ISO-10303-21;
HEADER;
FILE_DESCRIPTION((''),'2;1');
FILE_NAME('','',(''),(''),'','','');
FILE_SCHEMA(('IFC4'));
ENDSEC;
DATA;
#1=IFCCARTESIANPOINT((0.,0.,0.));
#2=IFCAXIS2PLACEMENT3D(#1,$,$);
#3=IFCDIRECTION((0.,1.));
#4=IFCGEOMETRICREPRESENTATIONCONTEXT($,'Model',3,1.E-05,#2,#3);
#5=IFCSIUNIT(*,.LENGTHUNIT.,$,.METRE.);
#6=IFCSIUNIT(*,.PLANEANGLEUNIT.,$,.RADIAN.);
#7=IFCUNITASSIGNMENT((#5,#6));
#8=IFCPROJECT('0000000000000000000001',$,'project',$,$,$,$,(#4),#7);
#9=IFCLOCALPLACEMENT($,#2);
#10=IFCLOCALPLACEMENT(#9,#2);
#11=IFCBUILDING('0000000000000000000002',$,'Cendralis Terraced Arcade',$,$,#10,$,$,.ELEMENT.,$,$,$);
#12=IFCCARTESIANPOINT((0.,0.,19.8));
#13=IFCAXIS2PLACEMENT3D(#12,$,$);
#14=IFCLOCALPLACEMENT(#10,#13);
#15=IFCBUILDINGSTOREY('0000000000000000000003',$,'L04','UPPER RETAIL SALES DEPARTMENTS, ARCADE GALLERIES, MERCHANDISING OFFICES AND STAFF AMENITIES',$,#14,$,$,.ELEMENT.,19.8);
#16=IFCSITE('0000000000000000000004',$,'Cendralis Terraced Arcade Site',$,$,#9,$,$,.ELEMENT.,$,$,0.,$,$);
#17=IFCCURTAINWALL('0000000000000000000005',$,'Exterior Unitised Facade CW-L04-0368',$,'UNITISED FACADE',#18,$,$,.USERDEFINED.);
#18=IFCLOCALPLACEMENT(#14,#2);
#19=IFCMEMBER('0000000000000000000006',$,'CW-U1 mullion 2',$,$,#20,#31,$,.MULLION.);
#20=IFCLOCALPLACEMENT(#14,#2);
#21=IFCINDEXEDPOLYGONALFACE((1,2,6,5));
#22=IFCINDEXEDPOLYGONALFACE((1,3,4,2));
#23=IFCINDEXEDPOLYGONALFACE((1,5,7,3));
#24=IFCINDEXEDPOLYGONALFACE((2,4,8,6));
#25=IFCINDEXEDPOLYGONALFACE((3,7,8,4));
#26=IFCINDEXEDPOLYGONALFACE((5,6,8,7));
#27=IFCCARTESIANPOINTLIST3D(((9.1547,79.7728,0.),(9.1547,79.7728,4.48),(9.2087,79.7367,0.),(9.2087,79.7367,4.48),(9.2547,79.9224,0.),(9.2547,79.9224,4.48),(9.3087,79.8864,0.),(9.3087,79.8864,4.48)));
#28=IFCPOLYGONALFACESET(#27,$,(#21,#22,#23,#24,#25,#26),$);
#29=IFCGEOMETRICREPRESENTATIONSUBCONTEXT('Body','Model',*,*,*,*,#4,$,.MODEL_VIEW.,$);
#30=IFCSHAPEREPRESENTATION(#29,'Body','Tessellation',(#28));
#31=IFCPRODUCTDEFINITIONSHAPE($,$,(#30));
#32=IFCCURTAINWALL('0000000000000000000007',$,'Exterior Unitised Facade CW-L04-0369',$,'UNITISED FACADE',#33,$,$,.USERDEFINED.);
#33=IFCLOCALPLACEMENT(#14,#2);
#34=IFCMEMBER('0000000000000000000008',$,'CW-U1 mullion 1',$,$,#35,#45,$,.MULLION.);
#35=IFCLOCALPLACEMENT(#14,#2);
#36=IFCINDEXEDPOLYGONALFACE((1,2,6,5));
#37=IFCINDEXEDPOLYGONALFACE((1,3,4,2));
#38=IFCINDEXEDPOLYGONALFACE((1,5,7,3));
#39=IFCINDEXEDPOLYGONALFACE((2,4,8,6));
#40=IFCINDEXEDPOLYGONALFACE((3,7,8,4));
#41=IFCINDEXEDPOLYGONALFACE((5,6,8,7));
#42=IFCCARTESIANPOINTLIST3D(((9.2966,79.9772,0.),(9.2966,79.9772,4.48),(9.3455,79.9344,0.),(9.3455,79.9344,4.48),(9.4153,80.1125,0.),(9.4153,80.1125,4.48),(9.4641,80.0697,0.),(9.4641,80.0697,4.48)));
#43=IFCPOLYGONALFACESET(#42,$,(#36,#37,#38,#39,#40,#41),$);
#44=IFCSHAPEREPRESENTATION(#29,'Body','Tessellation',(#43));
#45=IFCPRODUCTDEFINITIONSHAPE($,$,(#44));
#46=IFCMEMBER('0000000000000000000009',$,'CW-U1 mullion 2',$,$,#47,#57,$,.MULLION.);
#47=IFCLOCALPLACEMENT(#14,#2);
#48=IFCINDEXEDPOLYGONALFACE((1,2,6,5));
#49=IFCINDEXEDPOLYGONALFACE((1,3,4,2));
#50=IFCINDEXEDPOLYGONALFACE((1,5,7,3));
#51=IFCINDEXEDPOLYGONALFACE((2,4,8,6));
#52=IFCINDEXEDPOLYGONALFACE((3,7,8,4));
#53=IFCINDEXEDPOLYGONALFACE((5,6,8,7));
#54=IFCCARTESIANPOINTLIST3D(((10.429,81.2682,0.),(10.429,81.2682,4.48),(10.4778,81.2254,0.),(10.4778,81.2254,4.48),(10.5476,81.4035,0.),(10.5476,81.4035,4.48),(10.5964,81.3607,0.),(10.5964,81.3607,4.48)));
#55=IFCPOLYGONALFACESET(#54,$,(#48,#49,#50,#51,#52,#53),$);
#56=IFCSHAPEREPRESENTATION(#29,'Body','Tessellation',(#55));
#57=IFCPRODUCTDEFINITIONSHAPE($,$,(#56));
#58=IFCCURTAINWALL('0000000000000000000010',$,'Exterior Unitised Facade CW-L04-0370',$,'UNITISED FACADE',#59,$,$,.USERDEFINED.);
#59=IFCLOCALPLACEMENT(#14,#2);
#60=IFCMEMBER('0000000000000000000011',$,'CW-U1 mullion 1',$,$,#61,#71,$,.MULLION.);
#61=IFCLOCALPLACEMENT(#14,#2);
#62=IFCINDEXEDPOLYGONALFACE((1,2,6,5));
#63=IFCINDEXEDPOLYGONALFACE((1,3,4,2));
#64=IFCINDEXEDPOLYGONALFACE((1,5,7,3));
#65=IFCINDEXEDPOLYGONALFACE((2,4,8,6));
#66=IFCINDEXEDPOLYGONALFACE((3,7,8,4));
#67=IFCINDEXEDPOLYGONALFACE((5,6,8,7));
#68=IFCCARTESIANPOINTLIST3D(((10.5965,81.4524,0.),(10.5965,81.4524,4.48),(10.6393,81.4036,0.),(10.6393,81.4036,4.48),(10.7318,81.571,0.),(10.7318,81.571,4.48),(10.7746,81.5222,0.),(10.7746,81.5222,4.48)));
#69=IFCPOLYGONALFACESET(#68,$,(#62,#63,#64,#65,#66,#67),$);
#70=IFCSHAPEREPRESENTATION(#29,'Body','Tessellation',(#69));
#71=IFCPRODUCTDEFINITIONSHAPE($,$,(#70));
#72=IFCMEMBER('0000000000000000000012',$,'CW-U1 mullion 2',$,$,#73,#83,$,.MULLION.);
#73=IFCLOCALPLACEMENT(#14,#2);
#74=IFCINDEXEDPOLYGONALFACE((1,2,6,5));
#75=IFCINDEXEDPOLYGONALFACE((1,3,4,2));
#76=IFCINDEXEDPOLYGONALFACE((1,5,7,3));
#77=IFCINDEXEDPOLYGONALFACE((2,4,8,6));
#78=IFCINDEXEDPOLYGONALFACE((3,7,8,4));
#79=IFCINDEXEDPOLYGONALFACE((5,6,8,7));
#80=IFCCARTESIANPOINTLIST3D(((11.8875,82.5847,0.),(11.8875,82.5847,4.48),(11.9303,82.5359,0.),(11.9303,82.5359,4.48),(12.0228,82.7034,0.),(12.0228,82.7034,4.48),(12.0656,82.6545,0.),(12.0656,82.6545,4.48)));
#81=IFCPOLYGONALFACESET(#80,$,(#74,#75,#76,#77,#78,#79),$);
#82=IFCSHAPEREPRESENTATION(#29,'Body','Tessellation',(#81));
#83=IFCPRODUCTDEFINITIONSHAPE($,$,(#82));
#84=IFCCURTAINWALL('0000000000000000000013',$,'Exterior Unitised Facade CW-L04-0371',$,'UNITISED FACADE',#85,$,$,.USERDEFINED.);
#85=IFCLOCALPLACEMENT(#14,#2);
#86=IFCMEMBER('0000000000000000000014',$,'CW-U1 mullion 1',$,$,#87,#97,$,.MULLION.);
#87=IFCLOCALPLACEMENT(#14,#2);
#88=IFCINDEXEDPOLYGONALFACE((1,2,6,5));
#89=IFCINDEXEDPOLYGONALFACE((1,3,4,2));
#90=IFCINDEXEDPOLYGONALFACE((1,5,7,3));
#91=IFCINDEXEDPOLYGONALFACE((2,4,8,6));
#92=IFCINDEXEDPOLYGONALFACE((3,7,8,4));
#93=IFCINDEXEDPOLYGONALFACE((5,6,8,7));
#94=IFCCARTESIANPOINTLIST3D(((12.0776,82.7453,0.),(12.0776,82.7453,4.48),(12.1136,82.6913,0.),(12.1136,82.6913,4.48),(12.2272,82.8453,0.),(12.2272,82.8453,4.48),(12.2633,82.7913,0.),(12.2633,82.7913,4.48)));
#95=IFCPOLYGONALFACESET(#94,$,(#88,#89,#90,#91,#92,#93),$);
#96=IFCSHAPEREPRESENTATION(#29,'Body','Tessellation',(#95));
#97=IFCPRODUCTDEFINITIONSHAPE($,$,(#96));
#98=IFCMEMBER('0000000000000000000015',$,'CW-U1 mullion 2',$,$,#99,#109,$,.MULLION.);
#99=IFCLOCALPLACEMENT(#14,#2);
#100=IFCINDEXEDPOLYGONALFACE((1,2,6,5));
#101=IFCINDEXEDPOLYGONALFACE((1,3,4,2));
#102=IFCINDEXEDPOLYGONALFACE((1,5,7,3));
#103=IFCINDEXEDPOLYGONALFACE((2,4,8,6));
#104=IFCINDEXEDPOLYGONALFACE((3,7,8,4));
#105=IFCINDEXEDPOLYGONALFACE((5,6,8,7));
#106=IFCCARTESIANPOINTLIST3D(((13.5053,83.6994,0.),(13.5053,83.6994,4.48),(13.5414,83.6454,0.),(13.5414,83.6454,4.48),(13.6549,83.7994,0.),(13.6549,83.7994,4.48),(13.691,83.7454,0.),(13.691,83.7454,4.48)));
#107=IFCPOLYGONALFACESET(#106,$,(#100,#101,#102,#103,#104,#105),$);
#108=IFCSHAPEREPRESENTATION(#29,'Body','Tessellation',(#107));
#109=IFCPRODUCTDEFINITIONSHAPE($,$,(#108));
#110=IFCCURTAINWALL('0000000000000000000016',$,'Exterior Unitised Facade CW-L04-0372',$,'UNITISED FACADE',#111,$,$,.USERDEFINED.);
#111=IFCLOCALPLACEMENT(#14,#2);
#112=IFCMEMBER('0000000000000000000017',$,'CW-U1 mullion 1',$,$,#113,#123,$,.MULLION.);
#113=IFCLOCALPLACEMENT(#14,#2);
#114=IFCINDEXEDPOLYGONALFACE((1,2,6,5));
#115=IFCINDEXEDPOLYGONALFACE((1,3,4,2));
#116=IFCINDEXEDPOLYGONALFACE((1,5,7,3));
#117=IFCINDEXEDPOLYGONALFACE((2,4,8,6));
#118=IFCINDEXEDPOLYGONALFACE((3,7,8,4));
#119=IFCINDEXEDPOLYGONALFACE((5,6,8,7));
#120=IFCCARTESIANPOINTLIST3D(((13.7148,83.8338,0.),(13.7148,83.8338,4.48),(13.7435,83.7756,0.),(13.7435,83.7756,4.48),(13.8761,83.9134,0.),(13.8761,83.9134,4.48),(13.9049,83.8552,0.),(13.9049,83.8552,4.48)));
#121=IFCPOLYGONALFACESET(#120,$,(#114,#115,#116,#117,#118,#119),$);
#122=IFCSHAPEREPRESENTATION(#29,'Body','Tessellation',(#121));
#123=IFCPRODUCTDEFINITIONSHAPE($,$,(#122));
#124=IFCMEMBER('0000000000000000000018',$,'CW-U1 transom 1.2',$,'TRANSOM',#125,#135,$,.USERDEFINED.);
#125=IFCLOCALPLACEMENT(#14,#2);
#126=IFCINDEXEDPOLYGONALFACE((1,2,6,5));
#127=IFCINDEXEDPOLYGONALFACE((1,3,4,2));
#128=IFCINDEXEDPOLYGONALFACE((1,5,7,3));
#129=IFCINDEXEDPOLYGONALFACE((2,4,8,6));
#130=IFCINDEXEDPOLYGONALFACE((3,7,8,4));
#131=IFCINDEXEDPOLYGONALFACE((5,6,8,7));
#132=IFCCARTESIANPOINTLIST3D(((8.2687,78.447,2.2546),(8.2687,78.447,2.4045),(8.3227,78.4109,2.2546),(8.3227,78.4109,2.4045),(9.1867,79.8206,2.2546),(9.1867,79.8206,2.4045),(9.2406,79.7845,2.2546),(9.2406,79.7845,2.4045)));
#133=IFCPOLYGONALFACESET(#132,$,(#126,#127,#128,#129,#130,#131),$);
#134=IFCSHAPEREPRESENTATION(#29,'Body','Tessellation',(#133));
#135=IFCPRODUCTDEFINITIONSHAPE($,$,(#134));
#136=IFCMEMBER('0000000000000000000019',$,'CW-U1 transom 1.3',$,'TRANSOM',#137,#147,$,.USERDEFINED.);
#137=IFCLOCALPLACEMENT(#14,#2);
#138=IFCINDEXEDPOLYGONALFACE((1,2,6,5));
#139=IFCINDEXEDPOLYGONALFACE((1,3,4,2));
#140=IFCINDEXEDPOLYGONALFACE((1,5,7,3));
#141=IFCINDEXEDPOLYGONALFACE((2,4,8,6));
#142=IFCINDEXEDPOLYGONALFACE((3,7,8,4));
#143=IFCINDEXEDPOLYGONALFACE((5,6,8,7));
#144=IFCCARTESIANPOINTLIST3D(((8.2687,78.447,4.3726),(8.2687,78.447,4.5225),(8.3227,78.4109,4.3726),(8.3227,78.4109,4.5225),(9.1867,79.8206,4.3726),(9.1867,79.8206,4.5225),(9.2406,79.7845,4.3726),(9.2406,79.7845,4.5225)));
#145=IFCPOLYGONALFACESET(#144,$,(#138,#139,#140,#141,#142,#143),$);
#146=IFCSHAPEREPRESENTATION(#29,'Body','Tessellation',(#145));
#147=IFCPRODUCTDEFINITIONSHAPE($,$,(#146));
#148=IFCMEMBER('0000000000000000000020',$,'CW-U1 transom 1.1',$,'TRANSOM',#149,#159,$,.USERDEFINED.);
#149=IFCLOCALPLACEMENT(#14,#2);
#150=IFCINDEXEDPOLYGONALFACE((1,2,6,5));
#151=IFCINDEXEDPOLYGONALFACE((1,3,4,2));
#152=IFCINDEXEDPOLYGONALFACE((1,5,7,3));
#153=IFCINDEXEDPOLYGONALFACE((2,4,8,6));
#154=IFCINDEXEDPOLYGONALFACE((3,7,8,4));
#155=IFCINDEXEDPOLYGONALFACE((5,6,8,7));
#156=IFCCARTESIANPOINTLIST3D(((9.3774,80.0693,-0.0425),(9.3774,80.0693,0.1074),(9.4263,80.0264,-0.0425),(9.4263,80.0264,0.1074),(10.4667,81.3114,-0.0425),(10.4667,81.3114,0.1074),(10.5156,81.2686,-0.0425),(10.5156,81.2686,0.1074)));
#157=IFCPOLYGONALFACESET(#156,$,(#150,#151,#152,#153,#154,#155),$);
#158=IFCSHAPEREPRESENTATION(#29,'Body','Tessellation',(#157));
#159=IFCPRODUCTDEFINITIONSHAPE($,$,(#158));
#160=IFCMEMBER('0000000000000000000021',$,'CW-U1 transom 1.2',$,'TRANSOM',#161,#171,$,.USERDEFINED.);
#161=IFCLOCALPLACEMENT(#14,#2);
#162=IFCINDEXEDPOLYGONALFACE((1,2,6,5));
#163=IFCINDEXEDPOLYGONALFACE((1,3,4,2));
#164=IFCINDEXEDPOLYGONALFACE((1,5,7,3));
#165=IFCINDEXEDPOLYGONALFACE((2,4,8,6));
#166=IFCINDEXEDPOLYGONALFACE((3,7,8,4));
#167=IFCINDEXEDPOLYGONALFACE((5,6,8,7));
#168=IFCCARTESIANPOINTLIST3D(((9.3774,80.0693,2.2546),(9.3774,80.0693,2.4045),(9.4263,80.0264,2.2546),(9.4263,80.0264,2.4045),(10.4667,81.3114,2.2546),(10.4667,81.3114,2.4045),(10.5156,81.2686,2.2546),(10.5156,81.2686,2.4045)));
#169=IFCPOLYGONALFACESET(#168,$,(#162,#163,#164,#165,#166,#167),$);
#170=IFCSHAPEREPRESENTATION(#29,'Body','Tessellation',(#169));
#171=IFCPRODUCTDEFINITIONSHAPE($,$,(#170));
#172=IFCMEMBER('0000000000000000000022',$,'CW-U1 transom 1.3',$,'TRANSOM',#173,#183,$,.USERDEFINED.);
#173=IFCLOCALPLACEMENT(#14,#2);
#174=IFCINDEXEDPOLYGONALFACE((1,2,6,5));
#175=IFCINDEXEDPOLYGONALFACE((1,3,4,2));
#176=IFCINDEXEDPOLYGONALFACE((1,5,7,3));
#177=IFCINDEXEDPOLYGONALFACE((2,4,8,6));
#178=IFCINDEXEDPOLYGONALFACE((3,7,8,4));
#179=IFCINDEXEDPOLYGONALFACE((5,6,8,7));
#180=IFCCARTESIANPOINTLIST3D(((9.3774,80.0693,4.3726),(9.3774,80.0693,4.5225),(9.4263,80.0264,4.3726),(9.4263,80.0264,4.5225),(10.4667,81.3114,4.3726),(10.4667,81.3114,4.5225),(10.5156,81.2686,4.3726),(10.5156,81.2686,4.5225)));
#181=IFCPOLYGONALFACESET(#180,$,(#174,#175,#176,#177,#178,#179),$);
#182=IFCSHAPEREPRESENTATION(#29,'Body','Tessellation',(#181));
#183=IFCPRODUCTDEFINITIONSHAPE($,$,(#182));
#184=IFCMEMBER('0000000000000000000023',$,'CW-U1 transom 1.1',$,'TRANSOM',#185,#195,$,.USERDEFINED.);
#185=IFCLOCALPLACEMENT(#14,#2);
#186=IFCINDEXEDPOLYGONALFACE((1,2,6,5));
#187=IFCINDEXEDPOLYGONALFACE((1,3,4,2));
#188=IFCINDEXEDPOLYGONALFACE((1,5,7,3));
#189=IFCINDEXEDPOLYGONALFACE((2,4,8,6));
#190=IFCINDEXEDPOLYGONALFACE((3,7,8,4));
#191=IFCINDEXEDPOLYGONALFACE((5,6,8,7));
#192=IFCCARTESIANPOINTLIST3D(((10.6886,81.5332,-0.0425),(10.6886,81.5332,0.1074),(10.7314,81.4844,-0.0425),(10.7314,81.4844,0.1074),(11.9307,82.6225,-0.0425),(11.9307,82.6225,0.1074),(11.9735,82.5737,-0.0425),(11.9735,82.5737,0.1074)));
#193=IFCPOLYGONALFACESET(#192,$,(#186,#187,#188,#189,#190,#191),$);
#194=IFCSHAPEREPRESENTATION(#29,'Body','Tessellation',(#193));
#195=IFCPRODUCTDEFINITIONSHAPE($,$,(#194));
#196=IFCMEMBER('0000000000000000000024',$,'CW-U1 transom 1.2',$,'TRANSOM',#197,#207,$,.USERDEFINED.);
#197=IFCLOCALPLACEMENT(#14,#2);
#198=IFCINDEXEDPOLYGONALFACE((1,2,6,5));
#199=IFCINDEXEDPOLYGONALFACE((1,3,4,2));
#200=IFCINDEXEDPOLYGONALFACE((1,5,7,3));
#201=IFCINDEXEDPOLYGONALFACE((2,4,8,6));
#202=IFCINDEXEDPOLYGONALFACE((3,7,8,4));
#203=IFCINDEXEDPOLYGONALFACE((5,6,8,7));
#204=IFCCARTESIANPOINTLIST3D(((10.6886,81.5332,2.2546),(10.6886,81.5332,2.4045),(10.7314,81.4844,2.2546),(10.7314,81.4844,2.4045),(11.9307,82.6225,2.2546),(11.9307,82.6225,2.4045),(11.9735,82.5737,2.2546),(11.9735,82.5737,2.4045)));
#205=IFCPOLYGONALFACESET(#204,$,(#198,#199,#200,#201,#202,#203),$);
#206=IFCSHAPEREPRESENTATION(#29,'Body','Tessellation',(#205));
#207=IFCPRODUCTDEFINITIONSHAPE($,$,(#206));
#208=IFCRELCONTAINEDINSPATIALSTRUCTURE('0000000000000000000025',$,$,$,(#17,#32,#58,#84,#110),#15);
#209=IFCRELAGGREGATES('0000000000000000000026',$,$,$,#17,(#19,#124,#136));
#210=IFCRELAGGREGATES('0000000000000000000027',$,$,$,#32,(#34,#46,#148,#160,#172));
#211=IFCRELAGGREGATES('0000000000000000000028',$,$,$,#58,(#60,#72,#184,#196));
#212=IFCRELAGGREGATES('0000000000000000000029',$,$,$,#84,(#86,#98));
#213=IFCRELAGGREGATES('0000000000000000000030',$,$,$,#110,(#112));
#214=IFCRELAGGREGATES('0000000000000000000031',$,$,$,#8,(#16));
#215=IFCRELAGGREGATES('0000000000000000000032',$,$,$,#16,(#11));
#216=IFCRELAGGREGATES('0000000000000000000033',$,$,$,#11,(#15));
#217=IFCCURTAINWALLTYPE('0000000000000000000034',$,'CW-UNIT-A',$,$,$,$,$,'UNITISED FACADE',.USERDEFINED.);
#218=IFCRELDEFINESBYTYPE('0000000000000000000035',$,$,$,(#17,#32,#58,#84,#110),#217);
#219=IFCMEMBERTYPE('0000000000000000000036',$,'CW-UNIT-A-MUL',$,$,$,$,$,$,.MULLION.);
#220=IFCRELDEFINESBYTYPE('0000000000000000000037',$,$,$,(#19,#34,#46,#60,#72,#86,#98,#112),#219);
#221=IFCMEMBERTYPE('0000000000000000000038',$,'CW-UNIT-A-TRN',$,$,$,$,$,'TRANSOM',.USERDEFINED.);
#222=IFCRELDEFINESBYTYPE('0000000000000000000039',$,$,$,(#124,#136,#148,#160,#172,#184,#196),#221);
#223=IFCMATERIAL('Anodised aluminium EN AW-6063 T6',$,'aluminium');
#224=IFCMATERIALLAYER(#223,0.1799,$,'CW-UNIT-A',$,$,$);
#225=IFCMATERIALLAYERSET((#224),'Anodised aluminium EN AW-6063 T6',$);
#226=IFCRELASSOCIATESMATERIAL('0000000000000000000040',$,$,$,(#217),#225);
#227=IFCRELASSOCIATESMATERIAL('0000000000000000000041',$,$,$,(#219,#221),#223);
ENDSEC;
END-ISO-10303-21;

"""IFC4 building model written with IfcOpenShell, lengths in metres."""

from ifc_helpers import new_model, si_unit, direction, frame, origin, origin_2d, place, context, subcontext, project, spatial, rectangle, extrude, material, layer, layer_set, material_profile, profile_set, type_object, element, aggregate, save


model = new_model("IFC4")

# Units and contexts
model_context = context("Model", 3, precision=1e-05, world=origin(), true_north=direction((0.0, 1.0)))
body_context = subcontext(model_context, "Body", "Model", "MODEL_VIEW")
ifc_project = project(units=[si_unit("LENGTHUNIT", "METRE"), si_unit("PLANEANGLEUNIT", "RADIAN")], contexts=[model_context])

# Site, building, storey
site_placement = place(None, origin())
site = spatial("IfcSite", under=ifc_project, at=site_placement, Name="Cendralis Terraced Arcade Site", CompositionType="ELEMENT", RefElevation=0.0)
building_placement = place(site_placement, origin())
building = spatial("IfcBuilding", under=site, at=building_placement, Name="Cendralis Terraced Arcade", CompositionType="ELEMENT")
storey_placement = place(building_placement, frame((0.0, 0.0, 19.8)))
storey = spatial("IfcBuildingStorey", under=building, at=storey_placement, Name="L04", Description="UPPER RETAIL SALES DEPARTMENTS, ARCADE GALLERIES, MERCHANDISING OFFICES AND STAFF AMENITIES", CompositionType="ELEMENT", Elevation=19.8)

# Curtain wall, member
ifc_material_1 = material(Name="Anodised aluminium EN AW-6063 T6", Category="aluminium")
ifc_layer_1 = layer(ifc_material_1, 0.1799, Name="CW-UNIT-A")
ifc_layer_set_1 = layer_set([ifc_layer_1], Name="Anodised aluminium EN AW-6063 T6")
curtain_wall_type = type_object("IfcCurtainWallType", Name="CW-UNIT-A", ElementType="UNITISED FACADE", PredefinedType="USERDEFINED", material=ifc_layer_set_1)
curtain_wall_1_placement = place(storey_placement, origin())
curtain_wall_1 = element("IfcCurtainWall", 1, at=curtain_wall_1_placement, inside=storey, type_object=curtain_wall_type, Name="Exterior Unitised Facade CW-L04-0368", ObjectType="UNITISED FACADE", PredefinedType="USERDEFINED")
ifc_material_profile_1 = material_profile(ifc_material_1, rectangle(XDim=0.0649, YDim=0.1799, at=origin_2d()), Name="ALU-MUL-65x180")
ifc_profile_set_1 = profile_set([ifc_material_profile_1], Name="Anodised aluminium EN AW-6063 T6")
member_type_1 = type_object("IfcMemberType", Name="CW-UNIT-A-MUL", PredefinedType="MULLION", material=ifc_profile_set_1)
member_1_placement = place(storey_placement, frame((9.2317, 79.8296, 0.0), z_axis=(0.0, 0.0, 1.0), x_axis=(-0.831471, 0.555567, 0.0)))
member_1 = element("IfcMember", 2, at=member_1_placement, type_object=member_type_1, Name="CW-U1 mullion 2", PredefinedType="MULLION", context=body_context, shape_type="SweptSolid", body=[
    extrude(rectangle(XDim=0.0649, YDim=0.1799, at=origin_2d()), origin(), (0.0, 0.0, 1.0), 4.48),
])

# Curtain walls, members
curtain_wall_2_placement = place(storey_placement, origin())
curtain_wall_2 = element("IfcCurtainWall", 3, at=curtain_wall_2_placement, inside=storey, type_object=curtain_wall_type, Name="Exterior Unitised Facade CW-L04-0369", ObjectType="UNITISED FACADE", PredefinedType="USERDEFINED")
member_2_placement = place(storey_placement, frame((9.3804, 80.0234, 0.0), z_axis=(0.0, 0.0, 1.0), x_axis=(-0.751804, 0.659386, 0.0)))
member_2 = element("IfcMember", 4, at=member_2_placement, type_object=member_type_1, Name="CW-U1 mullion 1", PredefinedType="MULLION", context=body_context, shape_type="SweptSolid", body=[
    extrude(rectangle(XDim=0.0649, YDim=0.1799, at=origin_2d()), origin(), (0.0, 0.0, 1.0), 4.48),
])
member_3_placement = place(storey_placement, frame((10.5127, 81.3145, 0.0), z_axis=(0.0, 0.0, 1.0), x_axis=(-0.751804, 0.659386, 0.0)))
member_3 = element("IfcMember", 5, at=member_3_placement, type_object=member_type_1, Name="CW-U1 mullion 2", PredefinedType="MULLION", context=body_context, shape_type="SweptSolid", body=[
    extrude(rectangle(XDim=0.0649, YDim=0.1799, at=origin_2d()), origin(), (0.0, 0.0, 1.0), 4.48),
])
curtain_wall_3_placement = place(storey_placement, origin())
curtain_wall_3 = element("IfcCurtainWall", 6, at=curtain_wall_3_placement, inside=storey, type_object=curtain_wall_type, Name="Exterior Unitised Facade CW-L04-0370", ObjectType="UNITISED FACADE", PredefinedType="USERDEFINED")
member_4_placement = place(storey_placement, frame((10.6855, 81.4873, 0.0), z_axis=(0.0, 0.0, 1.0), x_axis=(-0.659386, 0.751804, 0.0)))
member_4 = element("IfcMember", 7, at=member_4_placement, type_object=member_type_1, Name="CW-U1 mullion 1", PredefinedType="MULLION", context=body_context, shape_type="SweptSolid", body=[
    extrude(rectangle(XDim=0.0649, YDim=0.1799, at=origin_2d()), origin(), (0.0, 0.0, 1.0), 4.48),
])
member_5_placement = place(storey_placement, frame((11.9766, 82.6196, 0.0), z_axis=(0.0, 0.0, 1.0), x_axis=(-0.659386, 0.751804, 0.0)))
member_5 = element("IfcMember", 8, at=member_5_placement, type_object=member_type_1, Name="CW-U1 mullion 2", PredefinedType="MULLION", context=body_context, shape_type="SweptSolid", body=[
    extrude(rectangle(XDim=0.0649, YDim=0.1799, at=origin_2d()), origin(), (0.0, 0.0, 1.0), 4.48),
])
curtain_wall_4_placement = place(storey_placement, origin())
curtain_wall_4 = element("IfcCurtainWall", 9, at=curtain_wall_4_placement, inside=storey, type_object=curtain_wall_type, Name="Exterior Unitised Facade CW-L04-0371", ObjectType="UNITISED FACADE", PredefinedType="USERDEFINED")
member_6_placement = place(storey_placement, frame((12.1704, 82.7683, 0.0), z_axis=(0.0, 0.0, 1.0), x_axis=(-0.555567, 0.831471, 0.0)))
member_6 = element("IfcMember", 10, at=member_6_placement, type_object=member_type_1, Name="CW-U1 mullion 1", PredefinedType="MULLION", context=body_context, shape_type="SweptSolid", body=[
    extrude(rectangle(XDim=0.0649, YDim=0.1799, at=origin_2d()), origin(), (0.0, 0.0, 1.0), 4.48),
])
member_7_placement = place(storey_placement, frame((13.5981, 83.7224, 0.0), z_axis=(0.0, 0.0, 1.0), x_axis=(-0.555567, 0.831471, 0.0)))
member_7 = element("IfcMember", 11, at=member_7_placement, type_object=member_type_1, Name="CW-U1 mullion 2", PredefinedType="MULLION", context=body_context, shape_type="SweptSolid", body=[
    extrude(rectangle(XDim=0.0649, YDim=0.1799, at=origin_2d()), origin(), (0.0, 0.0, 1.0), 4.48),
])

# Curtain wall, member
curtain_wall_5_placement = place(storey_placement, origin())
curtain_wall_5 = element("IfcCurtainWall", 12, at=curtain_wall_5_placement, inside=storey, type_object=curtain_wall_type, Name="Exterior Unitised Facade CW-L04-0372", ObjectType="UNITISED FACADE", PredefinedType="USERDEFINED")
member_8_placement = place(storey_placement, frame((13.8098, 83.8445, 0.0), z_axis=(0.0, 0.0, 1.0), x_axis=(-0.442291, 0.896871, 0.0)))
member_8 = element("IfcMember", 13, at=member_8_placement, type_object=member_type_1, Name="CW-U1 mullion 1", PredefinedType="MULLION", context=body_context, shape_type="SweptSolid", body=[
    extrude(rectangle(XDim=0.0649, YDim=0.1799, at=origin_2d()), origin(), (0.0, 0.0, 1.0), 4.48),
])

# Members
ifc_material_profile_2 = material_profile(ifc_material_1, rectangle(XDim=0.0649, YDim=0.1499, at=origin_2d()), Name="ALU-TRN-65x150")
ifc_profile_set_2 = profile_set([ifc_material_profile_2], Name="Anodised aluminium EN AW-6063 T6")
member_type_2 = type_object("IfcMemberType", Name="CW-UNIT-A-TRN", ElementType="TRANSOM", PredefinedType="USERDEFINED", material=ifc_profile_set_2)
member_9_placement = place(storey_placement, frame((8.2957, 78.429, 2.3296), z_axis=(0.555655, 0.831413, 0.0), x_axis=(-0.831413, 0.555655, 0.0)))
member_9 = element("IfcMember", 14, at=member_9_placement, type_object=member_type_2, Name="CW-U1 transom 1.2", ObjectType="TRANSOM", PredefinedType="USERDEFINED", context=body_context, shape_type="SweptSolid", body=[
    extrude(rectangle(XDim=0.0649, YDim=0.1499, at=origin_2d()), origin(), (0.0, 0.0, 1.0), 1.6521),
])
member_10_placement = place(storey_placement, frame((8.2957, 78.429, 4.4475), z_axis=(0.555655, 0.831413, 0.0), x_axis=(-0.831413, 0.555655, 0.0)))
member_10 = element("IfcMember", 15, at=member_10_placement, type_object=member_type_2, Name="CW-U1 transom 1.3", ObjectType="TRANSOM", PredefinedType="USERDEFINED", context=body_context, shape_type="SweptSolid", body=[
    extrude(rectangle(XDim=0.0649, YDim=0.1499, at=origin_2d()), origin(), (0.0, 0.0, 1.0), 1.6521),
])
member_11_placement = place(storey_placement, frame((9.4019, 80.0479, 0.0325), z_axis=(0.659341, 0.751844, 0.0), x_axis=(-0.751844, 0.659341, 0.0)))
member_11 = element("IfcMember", 16, at=member_11_placement, type_object=member_type_2, Name="CW-U1 transom 1.1", ObjectType="TRANSOM", PredefinedType="USERDEFINED", context=body_context, shape_type="SweptSolid", body=[
    extrude(rectangle(XDim=0.0649, YDim=0.1499, at=origin_2d()), origin(), (0.0, 0.0, 1.0), 1.6521),
])
member_12_placement = place(storey_placement, frame((9.4019, 80.0479, 2.3296), z_axis=(0.659341, 0.751844, 0.0), x_axis=(-0.751844, 0.659341, 0.0)))
member_12 = element("IfcMember", 17, at=member_12_placement, type_object=member_type_2, Name="CW-U1 transom 1.2", ObjectType="TRANSOM", PredefinedType="USERDEFINED", context=body_context, shape_type="SweptSolid", body=[
    extrude(rectangle(XDim=0.0649, YDim=0.1499, at=origin_2d()), origin(), (0.0, 0.0, 1.0), 1.6521),
])
member_13_placement = place(storey_placement, frame((9.4019, 80.0479, 4.4475), z_axis=(0.659341, 0.751844, 0.0), x_axis=(-0.751844, 0.659341, 0.0)))
member_13 = element("IfcMember", 18, at=member_13_placement, type_object=member_type_2, Name="CW-U1 transom 1.3", ObjectType="TRANSOM", PredefinedType="USERDEFINED", context=body_context, shape_type="SweptSolid", body=[
    extrude(rectangle(XDim=0.0649, YDim=0.1499, at=origin_2d()), origin(), (0.0, 0.0, 1.0), 1.6521),
])
member_14_placement = place(storey_placement, frame((10.71, 81.5088, 0.0325), z_axis=(0.751844, 0.659341, 0.0), x_axis=(-0.659341, 0.751844, 0.0)))
member_14 = element("IfcMember", 19, at=member_14_placement, type_object=member_type_2, Name="CW-U1 transom 1.1", ObjectType="TRANSOM", PredefinedType="USERDEFINED", context=body_context, shape_type="SweptSolid", body=[
    extrude(rectangle(XDim=0.0649, YDim=0.1499, at=origin_2d()), origin(), (0.0, 0.0, 1.0), 1.6521),
])
member_15_placement = place(storey_placement, frame((10.71, 81.5088, 2.3296), z_axis=(0.751844, 0.659341, 0.0), x_axis=(-0.659341, 0.751844, 0.0)))
member_15 = element("IfcMember", 20, at=member_15_placement, type_object=member_type_2, Name="CW-U1 transom 1.2", ObjectType="TRANSOM", PredefinedType="USERDEFINED", context=body_context, shape_type="SweptSolid", body=[
    extrude(rectangle(XDim=0.0649, YDim=0.1499, at=origin_2d()), origin(), (0.0, 0.0, 1.0), 1.6521),
])

aggregate(curtain_wall_1, [member_1, member_9, member_10])
aggregate(curtain_wall_2, [member_2, member_3, member_11, member_12, member_13])
aggregate(curtain_wall_3, [member_4, member_5, member_14, member_15])
aggregate(curtain_wall_4, [member_6, member_7])
aggregate(curtain_wall_5, [member_8])

save(model, "model.ifc")
